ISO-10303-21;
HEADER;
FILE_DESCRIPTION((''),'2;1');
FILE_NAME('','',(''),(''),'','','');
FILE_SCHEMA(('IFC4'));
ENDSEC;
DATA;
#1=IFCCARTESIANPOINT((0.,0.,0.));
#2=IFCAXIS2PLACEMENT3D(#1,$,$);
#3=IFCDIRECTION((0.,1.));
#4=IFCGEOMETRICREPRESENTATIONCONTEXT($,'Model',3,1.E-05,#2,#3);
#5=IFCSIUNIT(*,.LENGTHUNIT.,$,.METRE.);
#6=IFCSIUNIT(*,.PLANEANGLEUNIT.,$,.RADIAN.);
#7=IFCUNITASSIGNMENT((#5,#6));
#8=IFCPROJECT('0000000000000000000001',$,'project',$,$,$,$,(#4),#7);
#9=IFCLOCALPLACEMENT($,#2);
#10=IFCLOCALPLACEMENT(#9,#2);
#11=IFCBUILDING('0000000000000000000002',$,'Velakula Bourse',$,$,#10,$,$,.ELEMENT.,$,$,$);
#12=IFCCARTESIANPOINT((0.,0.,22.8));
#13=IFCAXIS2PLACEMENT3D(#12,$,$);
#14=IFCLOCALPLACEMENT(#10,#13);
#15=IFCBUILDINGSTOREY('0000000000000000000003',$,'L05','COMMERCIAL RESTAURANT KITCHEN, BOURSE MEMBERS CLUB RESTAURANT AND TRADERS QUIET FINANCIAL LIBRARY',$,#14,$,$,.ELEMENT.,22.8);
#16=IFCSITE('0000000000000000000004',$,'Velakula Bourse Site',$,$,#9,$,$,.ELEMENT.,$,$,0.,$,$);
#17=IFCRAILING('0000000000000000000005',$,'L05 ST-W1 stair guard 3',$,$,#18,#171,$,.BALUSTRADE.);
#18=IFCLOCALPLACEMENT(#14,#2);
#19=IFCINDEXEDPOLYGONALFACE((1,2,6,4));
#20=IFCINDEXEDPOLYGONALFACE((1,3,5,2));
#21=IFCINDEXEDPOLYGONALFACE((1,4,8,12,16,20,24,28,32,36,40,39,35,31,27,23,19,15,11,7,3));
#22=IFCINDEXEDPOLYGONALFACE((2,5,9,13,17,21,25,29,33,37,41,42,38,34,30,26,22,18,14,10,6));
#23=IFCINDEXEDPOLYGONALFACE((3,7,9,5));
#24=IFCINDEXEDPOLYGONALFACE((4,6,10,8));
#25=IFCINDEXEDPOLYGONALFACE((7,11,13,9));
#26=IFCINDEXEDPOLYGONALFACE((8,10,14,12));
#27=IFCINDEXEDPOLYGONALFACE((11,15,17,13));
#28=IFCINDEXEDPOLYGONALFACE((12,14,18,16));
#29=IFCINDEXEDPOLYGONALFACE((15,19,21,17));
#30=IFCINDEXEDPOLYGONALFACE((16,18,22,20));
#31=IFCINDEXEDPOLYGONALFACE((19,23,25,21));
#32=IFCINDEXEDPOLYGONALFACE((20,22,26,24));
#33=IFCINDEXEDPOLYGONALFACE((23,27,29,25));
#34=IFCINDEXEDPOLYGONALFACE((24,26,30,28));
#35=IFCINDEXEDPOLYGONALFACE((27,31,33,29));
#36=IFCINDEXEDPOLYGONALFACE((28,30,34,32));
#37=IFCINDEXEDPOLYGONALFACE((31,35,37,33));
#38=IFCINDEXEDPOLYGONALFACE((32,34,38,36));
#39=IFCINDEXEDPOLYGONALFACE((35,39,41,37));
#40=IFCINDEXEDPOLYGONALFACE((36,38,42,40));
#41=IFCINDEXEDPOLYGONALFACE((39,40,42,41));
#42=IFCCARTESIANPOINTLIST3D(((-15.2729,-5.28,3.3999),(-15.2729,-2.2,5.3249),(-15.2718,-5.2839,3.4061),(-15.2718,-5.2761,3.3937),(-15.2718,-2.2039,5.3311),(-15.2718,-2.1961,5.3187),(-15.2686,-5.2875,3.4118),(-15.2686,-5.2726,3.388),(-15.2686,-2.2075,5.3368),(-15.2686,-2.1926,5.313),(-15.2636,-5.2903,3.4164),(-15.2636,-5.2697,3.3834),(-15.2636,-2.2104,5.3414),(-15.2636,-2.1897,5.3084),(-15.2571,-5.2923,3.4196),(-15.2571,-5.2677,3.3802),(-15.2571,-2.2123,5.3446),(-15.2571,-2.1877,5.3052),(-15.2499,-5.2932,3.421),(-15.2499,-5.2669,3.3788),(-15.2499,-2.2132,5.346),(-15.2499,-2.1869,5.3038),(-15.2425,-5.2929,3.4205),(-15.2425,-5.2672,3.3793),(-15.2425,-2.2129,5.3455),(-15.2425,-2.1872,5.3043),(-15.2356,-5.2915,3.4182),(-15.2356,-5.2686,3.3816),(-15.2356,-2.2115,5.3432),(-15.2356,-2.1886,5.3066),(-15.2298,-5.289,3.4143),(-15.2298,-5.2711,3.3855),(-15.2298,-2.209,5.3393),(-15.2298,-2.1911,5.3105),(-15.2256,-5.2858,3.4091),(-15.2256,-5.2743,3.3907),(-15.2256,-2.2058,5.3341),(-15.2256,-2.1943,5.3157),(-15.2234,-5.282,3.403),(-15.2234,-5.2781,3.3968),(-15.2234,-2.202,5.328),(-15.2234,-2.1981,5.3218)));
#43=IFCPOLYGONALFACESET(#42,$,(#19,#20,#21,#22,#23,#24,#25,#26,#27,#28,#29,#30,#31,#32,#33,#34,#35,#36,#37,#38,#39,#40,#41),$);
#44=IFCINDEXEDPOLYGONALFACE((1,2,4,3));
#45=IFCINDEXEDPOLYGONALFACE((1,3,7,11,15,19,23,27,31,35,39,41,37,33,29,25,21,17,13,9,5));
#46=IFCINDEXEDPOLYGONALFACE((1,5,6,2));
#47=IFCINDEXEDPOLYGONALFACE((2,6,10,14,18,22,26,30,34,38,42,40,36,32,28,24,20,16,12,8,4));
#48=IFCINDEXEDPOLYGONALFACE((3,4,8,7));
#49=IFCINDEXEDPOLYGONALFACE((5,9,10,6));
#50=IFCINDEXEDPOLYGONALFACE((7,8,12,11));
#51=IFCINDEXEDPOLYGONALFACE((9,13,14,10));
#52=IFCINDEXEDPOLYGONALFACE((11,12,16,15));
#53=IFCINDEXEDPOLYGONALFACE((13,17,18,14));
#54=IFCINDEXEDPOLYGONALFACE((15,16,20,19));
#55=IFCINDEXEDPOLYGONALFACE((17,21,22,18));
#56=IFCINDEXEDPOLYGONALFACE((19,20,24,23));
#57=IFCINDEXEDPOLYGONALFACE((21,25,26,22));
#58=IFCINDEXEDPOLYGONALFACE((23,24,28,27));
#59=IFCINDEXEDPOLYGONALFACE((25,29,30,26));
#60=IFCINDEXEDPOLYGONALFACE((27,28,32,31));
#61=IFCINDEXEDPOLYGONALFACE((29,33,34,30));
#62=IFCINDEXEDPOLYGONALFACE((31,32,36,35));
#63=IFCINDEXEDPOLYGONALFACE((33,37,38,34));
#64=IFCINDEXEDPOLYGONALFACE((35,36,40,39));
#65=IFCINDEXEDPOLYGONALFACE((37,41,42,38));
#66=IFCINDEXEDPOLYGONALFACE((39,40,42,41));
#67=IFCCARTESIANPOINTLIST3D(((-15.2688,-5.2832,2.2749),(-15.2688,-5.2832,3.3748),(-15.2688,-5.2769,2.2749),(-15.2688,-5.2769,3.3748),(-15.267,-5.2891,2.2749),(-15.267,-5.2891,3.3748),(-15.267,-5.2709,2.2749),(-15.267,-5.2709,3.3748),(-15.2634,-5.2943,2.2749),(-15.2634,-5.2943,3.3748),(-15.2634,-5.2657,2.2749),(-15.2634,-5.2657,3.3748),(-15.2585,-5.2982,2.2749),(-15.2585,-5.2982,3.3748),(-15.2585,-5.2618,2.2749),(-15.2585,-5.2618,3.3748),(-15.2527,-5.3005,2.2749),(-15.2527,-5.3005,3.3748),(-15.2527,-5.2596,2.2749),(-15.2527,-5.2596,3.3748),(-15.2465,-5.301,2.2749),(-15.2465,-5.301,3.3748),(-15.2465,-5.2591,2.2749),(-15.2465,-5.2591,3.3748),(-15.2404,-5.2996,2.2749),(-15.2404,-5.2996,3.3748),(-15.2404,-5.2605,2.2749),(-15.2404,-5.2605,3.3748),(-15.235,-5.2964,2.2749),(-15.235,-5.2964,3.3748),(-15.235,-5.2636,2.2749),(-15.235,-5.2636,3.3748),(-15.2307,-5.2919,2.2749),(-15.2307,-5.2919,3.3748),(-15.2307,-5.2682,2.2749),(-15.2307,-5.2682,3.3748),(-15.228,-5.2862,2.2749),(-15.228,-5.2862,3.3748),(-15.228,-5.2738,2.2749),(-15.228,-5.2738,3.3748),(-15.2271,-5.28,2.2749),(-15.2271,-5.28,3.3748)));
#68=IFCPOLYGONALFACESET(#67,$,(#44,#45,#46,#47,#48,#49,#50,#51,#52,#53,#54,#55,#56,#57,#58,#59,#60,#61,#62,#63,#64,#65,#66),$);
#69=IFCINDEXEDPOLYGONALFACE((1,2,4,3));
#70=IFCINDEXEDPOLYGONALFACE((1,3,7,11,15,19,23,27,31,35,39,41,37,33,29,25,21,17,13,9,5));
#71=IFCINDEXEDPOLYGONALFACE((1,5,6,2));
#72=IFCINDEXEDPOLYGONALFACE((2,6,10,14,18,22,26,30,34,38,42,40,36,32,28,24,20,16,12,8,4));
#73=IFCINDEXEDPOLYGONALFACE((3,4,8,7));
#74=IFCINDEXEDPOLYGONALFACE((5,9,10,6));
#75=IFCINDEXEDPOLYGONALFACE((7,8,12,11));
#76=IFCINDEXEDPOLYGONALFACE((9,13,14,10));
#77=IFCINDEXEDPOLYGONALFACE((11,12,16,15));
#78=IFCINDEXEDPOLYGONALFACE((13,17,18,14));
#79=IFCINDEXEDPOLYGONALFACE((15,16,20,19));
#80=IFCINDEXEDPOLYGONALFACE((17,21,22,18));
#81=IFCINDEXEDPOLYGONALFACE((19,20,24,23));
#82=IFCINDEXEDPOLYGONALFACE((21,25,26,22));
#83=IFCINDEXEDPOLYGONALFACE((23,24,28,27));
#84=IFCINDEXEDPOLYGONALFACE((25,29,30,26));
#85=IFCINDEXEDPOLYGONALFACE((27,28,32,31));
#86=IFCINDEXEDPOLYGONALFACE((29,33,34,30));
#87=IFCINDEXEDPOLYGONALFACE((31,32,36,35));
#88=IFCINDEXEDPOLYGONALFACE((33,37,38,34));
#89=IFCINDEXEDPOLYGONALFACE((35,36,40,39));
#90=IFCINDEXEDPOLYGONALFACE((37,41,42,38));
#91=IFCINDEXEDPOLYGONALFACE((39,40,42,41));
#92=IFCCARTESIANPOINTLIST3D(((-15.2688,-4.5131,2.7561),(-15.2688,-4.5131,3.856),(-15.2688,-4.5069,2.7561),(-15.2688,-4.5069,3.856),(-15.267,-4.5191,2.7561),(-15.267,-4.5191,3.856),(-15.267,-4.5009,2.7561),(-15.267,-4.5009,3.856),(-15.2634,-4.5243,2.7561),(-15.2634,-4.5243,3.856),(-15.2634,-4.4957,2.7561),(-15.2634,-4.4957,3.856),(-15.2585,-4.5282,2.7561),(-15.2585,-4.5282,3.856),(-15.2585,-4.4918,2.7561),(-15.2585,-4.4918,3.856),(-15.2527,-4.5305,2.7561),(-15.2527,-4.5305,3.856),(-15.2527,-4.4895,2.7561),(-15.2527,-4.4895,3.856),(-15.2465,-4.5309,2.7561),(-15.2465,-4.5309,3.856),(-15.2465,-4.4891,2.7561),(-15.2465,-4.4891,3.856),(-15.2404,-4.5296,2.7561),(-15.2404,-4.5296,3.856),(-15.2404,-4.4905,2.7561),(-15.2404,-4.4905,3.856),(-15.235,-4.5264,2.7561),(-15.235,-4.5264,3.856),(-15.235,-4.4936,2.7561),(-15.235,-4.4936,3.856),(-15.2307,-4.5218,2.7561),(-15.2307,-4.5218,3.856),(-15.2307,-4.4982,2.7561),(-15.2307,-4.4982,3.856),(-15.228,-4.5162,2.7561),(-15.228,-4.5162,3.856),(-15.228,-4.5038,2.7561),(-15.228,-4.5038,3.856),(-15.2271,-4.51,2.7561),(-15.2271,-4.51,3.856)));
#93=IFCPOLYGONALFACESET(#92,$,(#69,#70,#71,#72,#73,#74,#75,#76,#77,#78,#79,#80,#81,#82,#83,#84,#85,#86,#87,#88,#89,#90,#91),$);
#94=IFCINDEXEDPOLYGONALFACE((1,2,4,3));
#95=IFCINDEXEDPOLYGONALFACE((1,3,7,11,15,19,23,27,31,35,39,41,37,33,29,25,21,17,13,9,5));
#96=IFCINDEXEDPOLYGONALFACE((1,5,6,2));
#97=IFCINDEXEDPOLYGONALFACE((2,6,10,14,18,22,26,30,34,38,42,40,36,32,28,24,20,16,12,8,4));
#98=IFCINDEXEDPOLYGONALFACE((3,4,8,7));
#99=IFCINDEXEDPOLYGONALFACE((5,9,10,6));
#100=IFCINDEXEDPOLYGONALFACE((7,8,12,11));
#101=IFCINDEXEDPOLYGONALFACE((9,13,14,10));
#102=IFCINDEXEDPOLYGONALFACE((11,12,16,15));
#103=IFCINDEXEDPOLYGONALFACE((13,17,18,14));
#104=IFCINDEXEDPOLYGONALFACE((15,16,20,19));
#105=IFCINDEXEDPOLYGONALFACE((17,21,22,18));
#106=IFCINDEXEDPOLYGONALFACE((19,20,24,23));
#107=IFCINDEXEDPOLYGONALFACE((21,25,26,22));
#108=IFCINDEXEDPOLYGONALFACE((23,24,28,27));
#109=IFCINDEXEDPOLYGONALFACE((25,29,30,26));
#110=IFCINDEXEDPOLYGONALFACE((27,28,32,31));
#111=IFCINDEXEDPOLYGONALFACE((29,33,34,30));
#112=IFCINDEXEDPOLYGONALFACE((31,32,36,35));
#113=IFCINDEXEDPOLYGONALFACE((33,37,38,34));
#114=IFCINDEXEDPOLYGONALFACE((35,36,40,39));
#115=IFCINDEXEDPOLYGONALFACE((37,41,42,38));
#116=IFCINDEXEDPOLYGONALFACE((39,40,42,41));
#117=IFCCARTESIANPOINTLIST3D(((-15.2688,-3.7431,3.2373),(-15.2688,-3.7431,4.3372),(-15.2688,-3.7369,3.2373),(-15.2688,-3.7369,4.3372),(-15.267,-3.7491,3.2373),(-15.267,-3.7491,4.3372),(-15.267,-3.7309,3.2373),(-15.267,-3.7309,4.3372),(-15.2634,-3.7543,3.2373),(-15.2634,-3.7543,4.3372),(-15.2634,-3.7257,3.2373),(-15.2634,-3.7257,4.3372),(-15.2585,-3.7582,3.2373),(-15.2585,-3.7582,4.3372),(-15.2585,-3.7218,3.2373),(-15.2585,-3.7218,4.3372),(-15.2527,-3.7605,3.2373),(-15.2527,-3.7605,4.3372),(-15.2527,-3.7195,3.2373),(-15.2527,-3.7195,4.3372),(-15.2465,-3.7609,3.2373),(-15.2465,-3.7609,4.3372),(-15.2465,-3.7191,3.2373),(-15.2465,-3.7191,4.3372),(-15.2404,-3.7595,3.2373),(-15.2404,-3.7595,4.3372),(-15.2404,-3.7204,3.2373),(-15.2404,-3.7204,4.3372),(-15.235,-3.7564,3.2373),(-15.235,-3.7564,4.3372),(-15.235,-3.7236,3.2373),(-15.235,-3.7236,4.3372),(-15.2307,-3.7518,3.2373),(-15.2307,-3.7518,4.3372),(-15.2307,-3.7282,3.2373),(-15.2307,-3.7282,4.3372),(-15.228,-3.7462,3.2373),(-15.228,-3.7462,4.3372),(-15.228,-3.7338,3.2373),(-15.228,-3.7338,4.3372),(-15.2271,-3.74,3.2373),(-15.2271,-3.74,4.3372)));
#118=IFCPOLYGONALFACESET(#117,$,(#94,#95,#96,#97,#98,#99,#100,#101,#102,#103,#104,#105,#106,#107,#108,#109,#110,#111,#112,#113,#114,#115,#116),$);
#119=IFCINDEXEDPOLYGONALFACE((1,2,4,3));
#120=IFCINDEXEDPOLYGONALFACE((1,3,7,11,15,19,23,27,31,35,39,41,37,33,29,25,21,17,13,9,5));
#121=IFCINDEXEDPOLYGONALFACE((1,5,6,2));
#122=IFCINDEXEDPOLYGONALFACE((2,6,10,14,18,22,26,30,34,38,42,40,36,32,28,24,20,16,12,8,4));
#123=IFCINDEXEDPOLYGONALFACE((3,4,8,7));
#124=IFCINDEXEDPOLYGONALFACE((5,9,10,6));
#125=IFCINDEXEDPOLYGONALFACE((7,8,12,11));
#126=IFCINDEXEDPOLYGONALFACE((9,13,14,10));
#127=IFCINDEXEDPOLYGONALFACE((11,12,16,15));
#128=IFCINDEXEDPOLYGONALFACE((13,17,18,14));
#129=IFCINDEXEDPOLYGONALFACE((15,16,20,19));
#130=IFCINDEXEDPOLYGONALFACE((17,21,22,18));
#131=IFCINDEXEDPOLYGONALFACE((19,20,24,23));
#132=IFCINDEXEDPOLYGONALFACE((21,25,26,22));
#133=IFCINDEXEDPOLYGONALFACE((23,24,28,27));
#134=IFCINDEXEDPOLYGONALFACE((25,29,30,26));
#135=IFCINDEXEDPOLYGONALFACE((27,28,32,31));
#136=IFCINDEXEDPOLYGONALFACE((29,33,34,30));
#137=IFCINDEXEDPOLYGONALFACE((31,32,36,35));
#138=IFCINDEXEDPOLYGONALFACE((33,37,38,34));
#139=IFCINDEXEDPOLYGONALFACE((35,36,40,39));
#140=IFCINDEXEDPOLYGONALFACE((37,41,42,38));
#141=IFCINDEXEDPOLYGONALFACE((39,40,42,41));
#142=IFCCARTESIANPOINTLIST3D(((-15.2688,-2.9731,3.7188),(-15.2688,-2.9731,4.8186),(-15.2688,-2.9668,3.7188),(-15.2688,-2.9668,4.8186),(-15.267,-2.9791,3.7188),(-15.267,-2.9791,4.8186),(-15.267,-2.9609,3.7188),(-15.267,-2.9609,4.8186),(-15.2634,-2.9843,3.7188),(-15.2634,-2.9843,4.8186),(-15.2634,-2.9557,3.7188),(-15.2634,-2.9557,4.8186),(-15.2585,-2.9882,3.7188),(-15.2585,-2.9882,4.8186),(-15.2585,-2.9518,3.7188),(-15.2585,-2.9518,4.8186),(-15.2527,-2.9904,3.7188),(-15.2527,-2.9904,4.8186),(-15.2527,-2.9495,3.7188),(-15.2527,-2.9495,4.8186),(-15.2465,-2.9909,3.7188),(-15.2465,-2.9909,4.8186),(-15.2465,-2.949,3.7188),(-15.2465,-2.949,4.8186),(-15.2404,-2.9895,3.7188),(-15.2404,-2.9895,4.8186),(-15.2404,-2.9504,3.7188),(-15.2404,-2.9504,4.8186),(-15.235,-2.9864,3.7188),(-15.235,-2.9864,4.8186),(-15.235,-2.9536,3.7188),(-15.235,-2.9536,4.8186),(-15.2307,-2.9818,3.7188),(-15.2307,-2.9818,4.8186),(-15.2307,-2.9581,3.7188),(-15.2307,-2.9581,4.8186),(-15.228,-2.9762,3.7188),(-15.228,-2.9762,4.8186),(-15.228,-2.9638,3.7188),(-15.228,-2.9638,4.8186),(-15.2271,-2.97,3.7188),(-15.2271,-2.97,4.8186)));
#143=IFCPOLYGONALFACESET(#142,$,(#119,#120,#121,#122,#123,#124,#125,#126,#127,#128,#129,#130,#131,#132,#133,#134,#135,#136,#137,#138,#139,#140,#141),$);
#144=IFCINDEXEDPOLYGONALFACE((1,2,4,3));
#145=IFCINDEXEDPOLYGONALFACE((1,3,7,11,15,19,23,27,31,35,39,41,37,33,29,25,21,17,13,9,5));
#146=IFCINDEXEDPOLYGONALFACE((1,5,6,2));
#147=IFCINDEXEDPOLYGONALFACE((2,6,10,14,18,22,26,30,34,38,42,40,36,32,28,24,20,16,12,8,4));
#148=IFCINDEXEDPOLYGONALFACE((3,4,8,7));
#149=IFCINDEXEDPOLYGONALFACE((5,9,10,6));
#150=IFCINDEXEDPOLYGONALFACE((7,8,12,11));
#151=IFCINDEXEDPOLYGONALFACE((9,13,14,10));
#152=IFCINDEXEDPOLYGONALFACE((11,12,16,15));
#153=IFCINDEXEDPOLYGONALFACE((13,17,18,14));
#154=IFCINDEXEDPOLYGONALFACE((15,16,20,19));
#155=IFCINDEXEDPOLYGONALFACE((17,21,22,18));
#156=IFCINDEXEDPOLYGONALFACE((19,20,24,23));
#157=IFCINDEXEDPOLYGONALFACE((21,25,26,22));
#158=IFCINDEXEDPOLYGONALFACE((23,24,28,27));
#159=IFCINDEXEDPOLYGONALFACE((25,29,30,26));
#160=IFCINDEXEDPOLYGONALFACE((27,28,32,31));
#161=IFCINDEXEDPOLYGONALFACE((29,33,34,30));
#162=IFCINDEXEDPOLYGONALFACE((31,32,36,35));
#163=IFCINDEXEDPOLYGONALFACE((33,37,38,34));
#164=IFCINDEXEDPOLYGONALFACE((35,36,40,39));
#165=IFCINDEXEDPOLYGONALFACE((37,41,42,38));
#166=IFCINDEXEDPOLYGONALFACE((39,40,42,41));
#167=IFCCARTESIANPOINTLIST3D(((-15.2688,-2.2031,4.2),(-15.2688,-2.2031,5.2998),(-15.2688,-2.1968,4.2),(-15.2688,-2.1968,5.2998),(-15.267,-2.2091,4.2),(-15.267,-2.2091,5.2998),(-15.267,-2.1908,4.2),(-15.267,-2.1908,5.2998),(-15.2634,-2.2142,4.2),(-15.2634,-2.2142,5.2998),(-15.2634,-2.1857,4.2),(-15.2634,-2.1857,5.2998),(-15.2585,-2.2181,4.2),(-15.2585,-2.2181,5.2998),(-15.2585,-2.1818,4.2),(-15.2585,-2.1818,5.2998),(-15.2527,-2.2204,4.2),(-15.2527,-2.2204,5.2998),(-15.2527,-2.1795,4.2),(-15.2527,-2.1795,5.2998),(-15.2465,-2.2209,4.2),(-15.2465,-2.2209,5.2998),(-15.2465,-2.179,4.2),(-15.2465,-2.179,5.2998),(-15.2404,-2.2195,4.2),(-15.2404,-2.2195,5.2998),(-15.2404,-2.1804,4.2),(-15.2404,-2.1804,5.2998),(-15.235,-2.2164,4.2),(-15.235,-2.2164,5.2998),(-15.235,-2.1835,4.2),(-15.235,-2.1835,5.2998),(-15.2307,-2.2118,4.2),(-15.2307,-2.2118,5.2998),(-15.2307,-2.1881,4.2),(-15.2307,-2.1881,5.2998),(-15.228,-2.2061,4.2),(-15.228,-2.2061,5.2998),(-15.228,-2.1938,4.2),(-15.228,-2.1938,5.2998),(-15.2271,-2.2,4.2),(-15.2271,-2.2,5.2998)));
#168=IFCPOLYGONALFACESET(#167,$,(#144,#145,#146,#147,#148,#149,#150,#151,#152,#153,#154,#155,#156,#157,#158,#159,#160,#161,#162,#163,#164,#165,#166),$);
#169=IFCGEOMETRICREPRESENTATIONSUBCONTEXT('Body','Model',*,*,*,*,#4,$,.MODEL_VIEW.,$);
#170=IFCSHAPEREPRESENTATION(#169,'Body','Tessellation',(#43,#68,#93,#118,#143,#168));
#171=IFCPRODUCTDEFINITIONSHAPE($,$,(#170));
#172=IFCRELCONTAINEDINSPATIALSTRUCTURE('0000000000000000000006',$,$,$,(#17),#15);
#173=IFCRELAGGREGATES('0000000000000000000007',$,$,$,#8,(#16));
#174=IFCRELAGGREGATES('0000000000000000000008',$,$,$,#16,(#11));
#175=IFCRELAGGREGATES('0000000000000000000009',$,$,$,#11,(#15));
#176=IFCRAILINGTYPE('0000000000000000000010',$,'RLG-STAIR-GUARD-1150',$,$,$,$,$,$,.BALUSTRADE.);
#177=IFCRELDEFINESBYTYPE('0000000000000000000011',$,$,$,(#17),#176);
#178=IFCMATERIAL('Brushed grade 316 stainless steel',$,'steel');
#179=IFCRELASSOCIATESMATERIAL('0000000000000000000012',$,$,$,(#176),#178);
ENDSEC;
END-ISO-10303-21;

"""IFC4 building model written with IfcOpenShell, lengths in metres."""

from ifc_helpers import new_model, si_unit, direction, frame, origin, origin_2d, place, context, subcontext, project, spatial, circle, extrude, material, type_object, element, save


model = new_model("IFC4")

# Units and contexts
model_context = context("Model", 3, precision=1e-05, world=origin(), true_north=direction((0.0, 1.0)))
body_context = subcontext(model_context, "Body", "Model", "MODEL_VIEW")
ifc_project = project(units=[si_unit("LENGTHUNIT", "METRE"), si_unit("PLANEANGLEUNIT", "RADIAN")], contexts=[model_context])

# Site, building, storey
site_placement = place(None, origin())
site = spatial("IfcSite", under=ifc_project, at=site_placement, Name="Velakula Bourse Site", CompositionType="ELEMENT", RefElevation=0.0)
building_placement = place(site_placement, origin())
building = spatial("IfcBuilding", under=site, at=building_placement, Name="Velakula Bourse", CompositionType="ELEMENT")
storey_placement = place(building_placement, frame((0.0, 0.0, 22.8)))
storey = spatial("IfcBuildingStorey", under=building, at=storey_placement, Name="L05", Description="COMMERCIAL RESTAURANT KITCHEN, BOURSE MEMBERS CLUB RESTAURANT AND TRADERS QUIET FINANCIAL LIBRARY", CompositionType="ELEMENT", Elevation=22.8)

# Shared definitions
ifc_material_1 = material(Name="Brushed grade 316 stainless steel", Category="steel")

# Railing
railing_type_1 = type_object("IfcRailingType", Name="RLG-STAIR-GUARD-1150", PredefinedType="BALUSTRADE", material=ifc_material_1)
railing_1_placement = place(storey_placement, frame((-15.248, -5.28, 2.2749)))
element("IfcRailing", 1, at=railing_1_placement, inside=storey, type_object=railing_type_1, Name="L05 ST-W1 stair guard 3", PredefinedType="BALUSTRADE", context=body_context, shape_type="SweptSolid", body=[
    extrude(circle(Radius=0.0249, at=origin_2d()), frame((0.0, 0.0, 1.125), z_axis=(0.0, 0.847998, 0.529999), x_axis=(-1.0, 0.0, 0.0)), (0.0, 0.0, 1.0), 3.6321),
    extrude(circle(Radius=0.021, at=origin_2d()), origin(), (0.0, 0.0, 1.0), 1.0999),
    extrude(circle(Radius=0.021, at=origin_2d()), frame((0.0, 0.77, 0.4812)), (0.0, 0.0, 1.0), 1.0999),
    extrude(circle(Radius=0.021, at=origin_2d()), frame((0.0, 1.54, 0.9624)), (0.0, 0.0, 1.0), 1.0999),
    extrude(circle(Radius=0.021, at=origin_2d()), frame((0.0, 2.3101, 1.4438)), (0.0, 0.0, 1.0), 1.0999),
    extrude(circle(Radius=0.021, at=origin_2d()), frame((0.0, 3.0801, 1.925)), (0.0, 0.0, 1.0), 1.0999),
])

save(model, "model.ifc")
